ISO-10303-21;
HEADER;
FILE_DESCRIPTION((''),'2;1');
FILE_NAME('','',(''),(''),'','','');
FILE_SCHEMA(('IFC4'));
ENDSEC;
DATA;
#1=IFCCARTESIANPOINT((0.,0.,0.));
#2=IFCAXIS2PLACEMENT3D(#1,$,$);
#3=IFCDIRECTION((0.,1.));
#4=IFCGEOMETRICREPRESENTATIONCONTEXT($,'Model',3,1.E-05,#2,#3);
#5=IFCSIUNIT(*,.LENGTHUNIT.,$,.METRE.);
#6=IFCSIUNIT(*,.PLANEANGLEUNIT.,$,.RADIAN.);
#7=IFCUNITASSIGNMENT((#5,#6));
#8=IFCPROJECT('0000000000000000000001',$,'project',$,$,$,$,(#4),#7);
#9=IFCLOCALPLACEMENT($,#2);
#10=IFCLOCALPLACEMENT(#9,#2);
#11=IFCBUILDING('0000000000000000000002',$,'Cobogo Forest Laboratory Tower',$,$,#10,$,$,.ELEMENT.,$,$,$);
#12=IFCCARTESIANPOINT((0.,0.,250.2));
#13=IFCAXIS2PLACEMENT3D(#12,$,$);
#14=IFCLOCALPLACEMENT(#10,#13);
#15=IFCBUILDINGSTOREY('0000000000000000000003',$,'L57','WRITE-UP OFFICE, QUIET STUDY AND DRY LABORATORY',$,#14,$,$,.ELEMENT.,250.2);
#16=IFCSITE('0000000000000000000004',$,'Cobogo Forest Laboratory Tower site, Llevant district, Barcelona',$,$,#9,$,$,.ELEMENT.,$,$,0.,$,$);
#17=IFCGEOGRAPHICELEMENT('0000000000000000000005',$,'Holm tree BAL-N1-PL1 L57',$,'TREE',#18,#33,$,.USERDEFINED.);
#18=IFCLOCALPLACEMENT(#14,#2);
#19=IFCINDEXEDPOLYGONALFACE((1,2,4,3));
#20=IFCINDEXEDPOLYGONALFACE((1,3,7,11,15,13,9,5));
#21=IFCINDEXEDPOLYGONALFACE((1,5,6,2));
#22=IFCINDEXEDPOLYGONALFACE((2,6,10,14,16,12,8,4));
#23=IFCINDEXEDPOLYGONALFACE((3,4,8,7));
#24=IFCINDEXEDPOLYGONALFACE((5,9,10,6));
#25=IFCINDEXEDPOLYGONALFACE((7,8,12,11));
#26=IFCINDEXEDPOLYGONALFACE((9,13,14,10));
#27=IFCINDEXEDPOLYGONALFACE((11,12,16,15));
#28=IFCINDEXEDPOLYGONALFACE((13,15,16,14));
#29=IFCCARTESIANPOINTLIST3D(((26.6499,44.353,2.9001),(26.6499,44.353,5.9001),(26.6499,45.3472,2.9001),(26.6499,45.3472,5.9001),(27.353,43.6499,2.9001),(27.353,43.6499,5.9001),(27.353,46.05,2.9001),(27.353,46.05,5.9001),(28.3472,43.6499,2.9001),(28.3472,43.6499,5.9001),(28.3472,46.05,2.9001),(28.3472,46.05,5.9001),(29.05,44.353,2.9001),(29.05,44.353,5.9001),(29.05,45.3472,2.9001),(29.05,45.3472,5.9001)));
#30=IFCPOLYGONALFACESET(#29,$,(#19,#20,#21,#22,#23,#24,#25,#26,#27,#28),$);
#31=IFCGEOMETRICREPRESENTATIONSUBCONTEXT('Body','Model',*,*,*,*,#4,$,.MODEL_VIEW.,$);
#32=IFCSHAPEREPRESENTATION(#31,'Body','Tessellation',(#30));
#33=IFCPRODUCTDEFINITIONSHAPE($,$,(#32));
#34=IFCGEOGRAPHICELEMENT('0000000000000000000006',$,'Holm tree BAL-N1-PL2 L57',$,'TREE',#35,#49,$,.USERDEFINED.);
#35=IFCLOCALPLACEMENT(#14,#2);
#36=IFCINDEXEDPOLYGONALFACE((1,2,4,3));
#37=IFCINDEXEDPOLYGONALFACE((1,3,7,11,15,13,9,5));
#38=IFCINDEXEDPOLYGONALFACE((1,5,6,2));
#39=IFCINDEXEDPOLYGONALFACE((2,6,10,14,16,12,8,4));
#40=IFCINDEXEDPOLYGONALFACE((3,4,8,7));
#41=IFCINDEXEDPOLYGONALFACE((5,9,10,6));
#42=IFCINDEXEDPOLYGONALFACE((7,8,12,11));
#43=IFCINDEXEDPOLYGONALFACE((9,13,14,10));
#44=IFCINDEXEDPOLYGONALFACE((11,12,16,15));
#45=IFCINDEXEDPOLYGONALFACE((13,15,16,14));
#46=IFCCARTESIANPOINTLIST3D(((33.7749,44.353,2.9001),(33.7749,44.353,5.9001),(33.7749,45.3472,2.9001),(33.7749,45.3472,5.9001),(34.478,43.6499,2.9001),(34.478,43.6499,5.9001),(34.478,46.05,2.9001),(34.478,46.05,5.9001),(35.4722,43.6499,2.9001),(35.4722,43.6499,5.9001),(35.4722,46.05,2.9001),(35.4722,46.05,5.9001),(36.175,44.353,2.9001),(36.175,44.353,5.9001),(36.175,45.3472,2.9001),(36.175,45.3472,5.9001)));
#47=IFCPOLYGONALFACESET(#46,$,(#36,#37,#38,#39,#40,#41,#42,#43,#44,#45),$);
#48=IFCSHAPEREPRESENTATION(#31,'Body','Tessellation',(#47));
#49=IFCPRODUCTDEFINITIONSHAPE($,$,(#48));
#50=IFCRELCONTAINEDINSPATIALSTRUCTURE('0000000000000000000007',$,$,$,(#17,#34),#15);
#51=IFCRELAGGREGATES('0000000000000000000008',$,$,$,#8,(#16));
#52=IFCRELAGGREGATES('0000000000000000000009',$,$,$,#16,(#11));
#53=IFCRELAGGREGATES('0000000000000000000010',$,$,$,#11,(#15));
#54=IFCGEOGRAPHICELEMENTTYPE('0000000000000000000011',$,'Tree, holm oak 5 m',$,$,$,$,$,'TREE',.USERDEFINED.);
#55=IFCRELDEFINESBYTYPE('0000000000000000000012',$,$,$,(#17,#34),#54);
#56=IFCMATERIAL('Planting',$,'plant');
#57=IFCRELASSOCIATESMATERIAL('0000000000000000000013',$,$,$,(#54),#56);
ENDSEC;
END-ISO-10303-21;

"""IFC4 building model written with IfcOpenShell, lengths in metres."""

from ifc_helpers import new_model, si_unit, direction, frame, origin, place, context, subcontext, project, spatial, polyline, outline, extrude, material, type_object, element, save


model = new_model("IFC4")

# Units and contexts
model_context = context("Model", 3, precision=1e-05, world=origin(), true_north=direction((0.0, 1.0)))
body_context = subcontext(model_context, "Body", "Model", "MODEL_VIEW")
ifc_project = project(units=[si_unit("LENGTHUNIT", "METRE"), si_unit("PLANEANGLEUNIT", "RADIAN")], contexts=[model_context])

# Site, building, storey
site_placement = place(None, origin())
site = spatial("IfcSite", under=ifc_project, at=site_placement, Name="Cobogo Forest Laboratory Tower site, Llevant district, Barcelona", CompositionType="ELEMENT", RefElevation=0.0)
building_placement = place(site_placement, origin())
building = spatial("IfcBuilding", under=site, at=building_placement, Name="Cobogo Forest Laboratory Tower", CompositionType="ELEMENT")
storey_placement = place(building_placement, frame((0.0, 0.0, 250.2)))
storey = spatial("IfcBuildingStorey", under=building, at=storey_placement, Name="L57", Description="WRITE-UP OFFICE, QUIET STUDY AND DRY LABORATORY", CompositionType="ELEMENT", Elevation=250.2)

# Geographic elements
ifc_material_1 = material(Name="Planting", Category="plant")
geographic_element_type = type_object("IfcGeographicElementType", Name="Tree, holm oak 5 m", ElementType="TREE", PredefinedType="USERDEFINED", material=ifc_material_1)
geographic_element_1_placement = place(storey_placement, frame((0.0, 0.0, 2.9001)))
element("IfcGeographicElement", 1, at=geographic_element_1_placement, inside=storey, type_object=geographic_element_type, Name="Holm tree BAL-N1-PL1 L57", ObjectType="TREE", PredefinedType="USERDEFINED", context=body_context, shape_type="SweptSolid", body=[
    extrude(outline(polyline([(29.05, 44.353), (29.05, 45.3472), (28.3472, 46.05), (27.353, 46.05), (26.6499, 45.3472), (26.6499, 44.353), (27.353, 43.6499), (28.3472, 43.6499), (29.05, 44.353)])), origin(), (0.0, 0.0, 1.0), 3.0),
])
geographic_element_2_placement = place(storey_placement, frame((0.0, 0.0, 2.9001)))
element("IfcGeographicElement", 2, at=geographic_element_2_placement, inside=storey, type_object=geographic_element_type, Name="Holm tree BAL-N1-PL2 L57", ObjectType="TREE", PredefinedType="USERDEFINED", context=body_context, shape_type="SweptSolid", body=[
    extrude(outline(polyline([(36.175, 44.353), (36.175, 45.3472), (35.4722, 46.05), (34.478, 46.05), (33.7749, 45.3472), (33.7749, 44.353), (34.478, 43.6499), (35.4722, 43.6499), (36.175, 44.353)])), origin(), (0.0, 0.0, 1.0), 3.0),
])

save(model, "model.ifc")
